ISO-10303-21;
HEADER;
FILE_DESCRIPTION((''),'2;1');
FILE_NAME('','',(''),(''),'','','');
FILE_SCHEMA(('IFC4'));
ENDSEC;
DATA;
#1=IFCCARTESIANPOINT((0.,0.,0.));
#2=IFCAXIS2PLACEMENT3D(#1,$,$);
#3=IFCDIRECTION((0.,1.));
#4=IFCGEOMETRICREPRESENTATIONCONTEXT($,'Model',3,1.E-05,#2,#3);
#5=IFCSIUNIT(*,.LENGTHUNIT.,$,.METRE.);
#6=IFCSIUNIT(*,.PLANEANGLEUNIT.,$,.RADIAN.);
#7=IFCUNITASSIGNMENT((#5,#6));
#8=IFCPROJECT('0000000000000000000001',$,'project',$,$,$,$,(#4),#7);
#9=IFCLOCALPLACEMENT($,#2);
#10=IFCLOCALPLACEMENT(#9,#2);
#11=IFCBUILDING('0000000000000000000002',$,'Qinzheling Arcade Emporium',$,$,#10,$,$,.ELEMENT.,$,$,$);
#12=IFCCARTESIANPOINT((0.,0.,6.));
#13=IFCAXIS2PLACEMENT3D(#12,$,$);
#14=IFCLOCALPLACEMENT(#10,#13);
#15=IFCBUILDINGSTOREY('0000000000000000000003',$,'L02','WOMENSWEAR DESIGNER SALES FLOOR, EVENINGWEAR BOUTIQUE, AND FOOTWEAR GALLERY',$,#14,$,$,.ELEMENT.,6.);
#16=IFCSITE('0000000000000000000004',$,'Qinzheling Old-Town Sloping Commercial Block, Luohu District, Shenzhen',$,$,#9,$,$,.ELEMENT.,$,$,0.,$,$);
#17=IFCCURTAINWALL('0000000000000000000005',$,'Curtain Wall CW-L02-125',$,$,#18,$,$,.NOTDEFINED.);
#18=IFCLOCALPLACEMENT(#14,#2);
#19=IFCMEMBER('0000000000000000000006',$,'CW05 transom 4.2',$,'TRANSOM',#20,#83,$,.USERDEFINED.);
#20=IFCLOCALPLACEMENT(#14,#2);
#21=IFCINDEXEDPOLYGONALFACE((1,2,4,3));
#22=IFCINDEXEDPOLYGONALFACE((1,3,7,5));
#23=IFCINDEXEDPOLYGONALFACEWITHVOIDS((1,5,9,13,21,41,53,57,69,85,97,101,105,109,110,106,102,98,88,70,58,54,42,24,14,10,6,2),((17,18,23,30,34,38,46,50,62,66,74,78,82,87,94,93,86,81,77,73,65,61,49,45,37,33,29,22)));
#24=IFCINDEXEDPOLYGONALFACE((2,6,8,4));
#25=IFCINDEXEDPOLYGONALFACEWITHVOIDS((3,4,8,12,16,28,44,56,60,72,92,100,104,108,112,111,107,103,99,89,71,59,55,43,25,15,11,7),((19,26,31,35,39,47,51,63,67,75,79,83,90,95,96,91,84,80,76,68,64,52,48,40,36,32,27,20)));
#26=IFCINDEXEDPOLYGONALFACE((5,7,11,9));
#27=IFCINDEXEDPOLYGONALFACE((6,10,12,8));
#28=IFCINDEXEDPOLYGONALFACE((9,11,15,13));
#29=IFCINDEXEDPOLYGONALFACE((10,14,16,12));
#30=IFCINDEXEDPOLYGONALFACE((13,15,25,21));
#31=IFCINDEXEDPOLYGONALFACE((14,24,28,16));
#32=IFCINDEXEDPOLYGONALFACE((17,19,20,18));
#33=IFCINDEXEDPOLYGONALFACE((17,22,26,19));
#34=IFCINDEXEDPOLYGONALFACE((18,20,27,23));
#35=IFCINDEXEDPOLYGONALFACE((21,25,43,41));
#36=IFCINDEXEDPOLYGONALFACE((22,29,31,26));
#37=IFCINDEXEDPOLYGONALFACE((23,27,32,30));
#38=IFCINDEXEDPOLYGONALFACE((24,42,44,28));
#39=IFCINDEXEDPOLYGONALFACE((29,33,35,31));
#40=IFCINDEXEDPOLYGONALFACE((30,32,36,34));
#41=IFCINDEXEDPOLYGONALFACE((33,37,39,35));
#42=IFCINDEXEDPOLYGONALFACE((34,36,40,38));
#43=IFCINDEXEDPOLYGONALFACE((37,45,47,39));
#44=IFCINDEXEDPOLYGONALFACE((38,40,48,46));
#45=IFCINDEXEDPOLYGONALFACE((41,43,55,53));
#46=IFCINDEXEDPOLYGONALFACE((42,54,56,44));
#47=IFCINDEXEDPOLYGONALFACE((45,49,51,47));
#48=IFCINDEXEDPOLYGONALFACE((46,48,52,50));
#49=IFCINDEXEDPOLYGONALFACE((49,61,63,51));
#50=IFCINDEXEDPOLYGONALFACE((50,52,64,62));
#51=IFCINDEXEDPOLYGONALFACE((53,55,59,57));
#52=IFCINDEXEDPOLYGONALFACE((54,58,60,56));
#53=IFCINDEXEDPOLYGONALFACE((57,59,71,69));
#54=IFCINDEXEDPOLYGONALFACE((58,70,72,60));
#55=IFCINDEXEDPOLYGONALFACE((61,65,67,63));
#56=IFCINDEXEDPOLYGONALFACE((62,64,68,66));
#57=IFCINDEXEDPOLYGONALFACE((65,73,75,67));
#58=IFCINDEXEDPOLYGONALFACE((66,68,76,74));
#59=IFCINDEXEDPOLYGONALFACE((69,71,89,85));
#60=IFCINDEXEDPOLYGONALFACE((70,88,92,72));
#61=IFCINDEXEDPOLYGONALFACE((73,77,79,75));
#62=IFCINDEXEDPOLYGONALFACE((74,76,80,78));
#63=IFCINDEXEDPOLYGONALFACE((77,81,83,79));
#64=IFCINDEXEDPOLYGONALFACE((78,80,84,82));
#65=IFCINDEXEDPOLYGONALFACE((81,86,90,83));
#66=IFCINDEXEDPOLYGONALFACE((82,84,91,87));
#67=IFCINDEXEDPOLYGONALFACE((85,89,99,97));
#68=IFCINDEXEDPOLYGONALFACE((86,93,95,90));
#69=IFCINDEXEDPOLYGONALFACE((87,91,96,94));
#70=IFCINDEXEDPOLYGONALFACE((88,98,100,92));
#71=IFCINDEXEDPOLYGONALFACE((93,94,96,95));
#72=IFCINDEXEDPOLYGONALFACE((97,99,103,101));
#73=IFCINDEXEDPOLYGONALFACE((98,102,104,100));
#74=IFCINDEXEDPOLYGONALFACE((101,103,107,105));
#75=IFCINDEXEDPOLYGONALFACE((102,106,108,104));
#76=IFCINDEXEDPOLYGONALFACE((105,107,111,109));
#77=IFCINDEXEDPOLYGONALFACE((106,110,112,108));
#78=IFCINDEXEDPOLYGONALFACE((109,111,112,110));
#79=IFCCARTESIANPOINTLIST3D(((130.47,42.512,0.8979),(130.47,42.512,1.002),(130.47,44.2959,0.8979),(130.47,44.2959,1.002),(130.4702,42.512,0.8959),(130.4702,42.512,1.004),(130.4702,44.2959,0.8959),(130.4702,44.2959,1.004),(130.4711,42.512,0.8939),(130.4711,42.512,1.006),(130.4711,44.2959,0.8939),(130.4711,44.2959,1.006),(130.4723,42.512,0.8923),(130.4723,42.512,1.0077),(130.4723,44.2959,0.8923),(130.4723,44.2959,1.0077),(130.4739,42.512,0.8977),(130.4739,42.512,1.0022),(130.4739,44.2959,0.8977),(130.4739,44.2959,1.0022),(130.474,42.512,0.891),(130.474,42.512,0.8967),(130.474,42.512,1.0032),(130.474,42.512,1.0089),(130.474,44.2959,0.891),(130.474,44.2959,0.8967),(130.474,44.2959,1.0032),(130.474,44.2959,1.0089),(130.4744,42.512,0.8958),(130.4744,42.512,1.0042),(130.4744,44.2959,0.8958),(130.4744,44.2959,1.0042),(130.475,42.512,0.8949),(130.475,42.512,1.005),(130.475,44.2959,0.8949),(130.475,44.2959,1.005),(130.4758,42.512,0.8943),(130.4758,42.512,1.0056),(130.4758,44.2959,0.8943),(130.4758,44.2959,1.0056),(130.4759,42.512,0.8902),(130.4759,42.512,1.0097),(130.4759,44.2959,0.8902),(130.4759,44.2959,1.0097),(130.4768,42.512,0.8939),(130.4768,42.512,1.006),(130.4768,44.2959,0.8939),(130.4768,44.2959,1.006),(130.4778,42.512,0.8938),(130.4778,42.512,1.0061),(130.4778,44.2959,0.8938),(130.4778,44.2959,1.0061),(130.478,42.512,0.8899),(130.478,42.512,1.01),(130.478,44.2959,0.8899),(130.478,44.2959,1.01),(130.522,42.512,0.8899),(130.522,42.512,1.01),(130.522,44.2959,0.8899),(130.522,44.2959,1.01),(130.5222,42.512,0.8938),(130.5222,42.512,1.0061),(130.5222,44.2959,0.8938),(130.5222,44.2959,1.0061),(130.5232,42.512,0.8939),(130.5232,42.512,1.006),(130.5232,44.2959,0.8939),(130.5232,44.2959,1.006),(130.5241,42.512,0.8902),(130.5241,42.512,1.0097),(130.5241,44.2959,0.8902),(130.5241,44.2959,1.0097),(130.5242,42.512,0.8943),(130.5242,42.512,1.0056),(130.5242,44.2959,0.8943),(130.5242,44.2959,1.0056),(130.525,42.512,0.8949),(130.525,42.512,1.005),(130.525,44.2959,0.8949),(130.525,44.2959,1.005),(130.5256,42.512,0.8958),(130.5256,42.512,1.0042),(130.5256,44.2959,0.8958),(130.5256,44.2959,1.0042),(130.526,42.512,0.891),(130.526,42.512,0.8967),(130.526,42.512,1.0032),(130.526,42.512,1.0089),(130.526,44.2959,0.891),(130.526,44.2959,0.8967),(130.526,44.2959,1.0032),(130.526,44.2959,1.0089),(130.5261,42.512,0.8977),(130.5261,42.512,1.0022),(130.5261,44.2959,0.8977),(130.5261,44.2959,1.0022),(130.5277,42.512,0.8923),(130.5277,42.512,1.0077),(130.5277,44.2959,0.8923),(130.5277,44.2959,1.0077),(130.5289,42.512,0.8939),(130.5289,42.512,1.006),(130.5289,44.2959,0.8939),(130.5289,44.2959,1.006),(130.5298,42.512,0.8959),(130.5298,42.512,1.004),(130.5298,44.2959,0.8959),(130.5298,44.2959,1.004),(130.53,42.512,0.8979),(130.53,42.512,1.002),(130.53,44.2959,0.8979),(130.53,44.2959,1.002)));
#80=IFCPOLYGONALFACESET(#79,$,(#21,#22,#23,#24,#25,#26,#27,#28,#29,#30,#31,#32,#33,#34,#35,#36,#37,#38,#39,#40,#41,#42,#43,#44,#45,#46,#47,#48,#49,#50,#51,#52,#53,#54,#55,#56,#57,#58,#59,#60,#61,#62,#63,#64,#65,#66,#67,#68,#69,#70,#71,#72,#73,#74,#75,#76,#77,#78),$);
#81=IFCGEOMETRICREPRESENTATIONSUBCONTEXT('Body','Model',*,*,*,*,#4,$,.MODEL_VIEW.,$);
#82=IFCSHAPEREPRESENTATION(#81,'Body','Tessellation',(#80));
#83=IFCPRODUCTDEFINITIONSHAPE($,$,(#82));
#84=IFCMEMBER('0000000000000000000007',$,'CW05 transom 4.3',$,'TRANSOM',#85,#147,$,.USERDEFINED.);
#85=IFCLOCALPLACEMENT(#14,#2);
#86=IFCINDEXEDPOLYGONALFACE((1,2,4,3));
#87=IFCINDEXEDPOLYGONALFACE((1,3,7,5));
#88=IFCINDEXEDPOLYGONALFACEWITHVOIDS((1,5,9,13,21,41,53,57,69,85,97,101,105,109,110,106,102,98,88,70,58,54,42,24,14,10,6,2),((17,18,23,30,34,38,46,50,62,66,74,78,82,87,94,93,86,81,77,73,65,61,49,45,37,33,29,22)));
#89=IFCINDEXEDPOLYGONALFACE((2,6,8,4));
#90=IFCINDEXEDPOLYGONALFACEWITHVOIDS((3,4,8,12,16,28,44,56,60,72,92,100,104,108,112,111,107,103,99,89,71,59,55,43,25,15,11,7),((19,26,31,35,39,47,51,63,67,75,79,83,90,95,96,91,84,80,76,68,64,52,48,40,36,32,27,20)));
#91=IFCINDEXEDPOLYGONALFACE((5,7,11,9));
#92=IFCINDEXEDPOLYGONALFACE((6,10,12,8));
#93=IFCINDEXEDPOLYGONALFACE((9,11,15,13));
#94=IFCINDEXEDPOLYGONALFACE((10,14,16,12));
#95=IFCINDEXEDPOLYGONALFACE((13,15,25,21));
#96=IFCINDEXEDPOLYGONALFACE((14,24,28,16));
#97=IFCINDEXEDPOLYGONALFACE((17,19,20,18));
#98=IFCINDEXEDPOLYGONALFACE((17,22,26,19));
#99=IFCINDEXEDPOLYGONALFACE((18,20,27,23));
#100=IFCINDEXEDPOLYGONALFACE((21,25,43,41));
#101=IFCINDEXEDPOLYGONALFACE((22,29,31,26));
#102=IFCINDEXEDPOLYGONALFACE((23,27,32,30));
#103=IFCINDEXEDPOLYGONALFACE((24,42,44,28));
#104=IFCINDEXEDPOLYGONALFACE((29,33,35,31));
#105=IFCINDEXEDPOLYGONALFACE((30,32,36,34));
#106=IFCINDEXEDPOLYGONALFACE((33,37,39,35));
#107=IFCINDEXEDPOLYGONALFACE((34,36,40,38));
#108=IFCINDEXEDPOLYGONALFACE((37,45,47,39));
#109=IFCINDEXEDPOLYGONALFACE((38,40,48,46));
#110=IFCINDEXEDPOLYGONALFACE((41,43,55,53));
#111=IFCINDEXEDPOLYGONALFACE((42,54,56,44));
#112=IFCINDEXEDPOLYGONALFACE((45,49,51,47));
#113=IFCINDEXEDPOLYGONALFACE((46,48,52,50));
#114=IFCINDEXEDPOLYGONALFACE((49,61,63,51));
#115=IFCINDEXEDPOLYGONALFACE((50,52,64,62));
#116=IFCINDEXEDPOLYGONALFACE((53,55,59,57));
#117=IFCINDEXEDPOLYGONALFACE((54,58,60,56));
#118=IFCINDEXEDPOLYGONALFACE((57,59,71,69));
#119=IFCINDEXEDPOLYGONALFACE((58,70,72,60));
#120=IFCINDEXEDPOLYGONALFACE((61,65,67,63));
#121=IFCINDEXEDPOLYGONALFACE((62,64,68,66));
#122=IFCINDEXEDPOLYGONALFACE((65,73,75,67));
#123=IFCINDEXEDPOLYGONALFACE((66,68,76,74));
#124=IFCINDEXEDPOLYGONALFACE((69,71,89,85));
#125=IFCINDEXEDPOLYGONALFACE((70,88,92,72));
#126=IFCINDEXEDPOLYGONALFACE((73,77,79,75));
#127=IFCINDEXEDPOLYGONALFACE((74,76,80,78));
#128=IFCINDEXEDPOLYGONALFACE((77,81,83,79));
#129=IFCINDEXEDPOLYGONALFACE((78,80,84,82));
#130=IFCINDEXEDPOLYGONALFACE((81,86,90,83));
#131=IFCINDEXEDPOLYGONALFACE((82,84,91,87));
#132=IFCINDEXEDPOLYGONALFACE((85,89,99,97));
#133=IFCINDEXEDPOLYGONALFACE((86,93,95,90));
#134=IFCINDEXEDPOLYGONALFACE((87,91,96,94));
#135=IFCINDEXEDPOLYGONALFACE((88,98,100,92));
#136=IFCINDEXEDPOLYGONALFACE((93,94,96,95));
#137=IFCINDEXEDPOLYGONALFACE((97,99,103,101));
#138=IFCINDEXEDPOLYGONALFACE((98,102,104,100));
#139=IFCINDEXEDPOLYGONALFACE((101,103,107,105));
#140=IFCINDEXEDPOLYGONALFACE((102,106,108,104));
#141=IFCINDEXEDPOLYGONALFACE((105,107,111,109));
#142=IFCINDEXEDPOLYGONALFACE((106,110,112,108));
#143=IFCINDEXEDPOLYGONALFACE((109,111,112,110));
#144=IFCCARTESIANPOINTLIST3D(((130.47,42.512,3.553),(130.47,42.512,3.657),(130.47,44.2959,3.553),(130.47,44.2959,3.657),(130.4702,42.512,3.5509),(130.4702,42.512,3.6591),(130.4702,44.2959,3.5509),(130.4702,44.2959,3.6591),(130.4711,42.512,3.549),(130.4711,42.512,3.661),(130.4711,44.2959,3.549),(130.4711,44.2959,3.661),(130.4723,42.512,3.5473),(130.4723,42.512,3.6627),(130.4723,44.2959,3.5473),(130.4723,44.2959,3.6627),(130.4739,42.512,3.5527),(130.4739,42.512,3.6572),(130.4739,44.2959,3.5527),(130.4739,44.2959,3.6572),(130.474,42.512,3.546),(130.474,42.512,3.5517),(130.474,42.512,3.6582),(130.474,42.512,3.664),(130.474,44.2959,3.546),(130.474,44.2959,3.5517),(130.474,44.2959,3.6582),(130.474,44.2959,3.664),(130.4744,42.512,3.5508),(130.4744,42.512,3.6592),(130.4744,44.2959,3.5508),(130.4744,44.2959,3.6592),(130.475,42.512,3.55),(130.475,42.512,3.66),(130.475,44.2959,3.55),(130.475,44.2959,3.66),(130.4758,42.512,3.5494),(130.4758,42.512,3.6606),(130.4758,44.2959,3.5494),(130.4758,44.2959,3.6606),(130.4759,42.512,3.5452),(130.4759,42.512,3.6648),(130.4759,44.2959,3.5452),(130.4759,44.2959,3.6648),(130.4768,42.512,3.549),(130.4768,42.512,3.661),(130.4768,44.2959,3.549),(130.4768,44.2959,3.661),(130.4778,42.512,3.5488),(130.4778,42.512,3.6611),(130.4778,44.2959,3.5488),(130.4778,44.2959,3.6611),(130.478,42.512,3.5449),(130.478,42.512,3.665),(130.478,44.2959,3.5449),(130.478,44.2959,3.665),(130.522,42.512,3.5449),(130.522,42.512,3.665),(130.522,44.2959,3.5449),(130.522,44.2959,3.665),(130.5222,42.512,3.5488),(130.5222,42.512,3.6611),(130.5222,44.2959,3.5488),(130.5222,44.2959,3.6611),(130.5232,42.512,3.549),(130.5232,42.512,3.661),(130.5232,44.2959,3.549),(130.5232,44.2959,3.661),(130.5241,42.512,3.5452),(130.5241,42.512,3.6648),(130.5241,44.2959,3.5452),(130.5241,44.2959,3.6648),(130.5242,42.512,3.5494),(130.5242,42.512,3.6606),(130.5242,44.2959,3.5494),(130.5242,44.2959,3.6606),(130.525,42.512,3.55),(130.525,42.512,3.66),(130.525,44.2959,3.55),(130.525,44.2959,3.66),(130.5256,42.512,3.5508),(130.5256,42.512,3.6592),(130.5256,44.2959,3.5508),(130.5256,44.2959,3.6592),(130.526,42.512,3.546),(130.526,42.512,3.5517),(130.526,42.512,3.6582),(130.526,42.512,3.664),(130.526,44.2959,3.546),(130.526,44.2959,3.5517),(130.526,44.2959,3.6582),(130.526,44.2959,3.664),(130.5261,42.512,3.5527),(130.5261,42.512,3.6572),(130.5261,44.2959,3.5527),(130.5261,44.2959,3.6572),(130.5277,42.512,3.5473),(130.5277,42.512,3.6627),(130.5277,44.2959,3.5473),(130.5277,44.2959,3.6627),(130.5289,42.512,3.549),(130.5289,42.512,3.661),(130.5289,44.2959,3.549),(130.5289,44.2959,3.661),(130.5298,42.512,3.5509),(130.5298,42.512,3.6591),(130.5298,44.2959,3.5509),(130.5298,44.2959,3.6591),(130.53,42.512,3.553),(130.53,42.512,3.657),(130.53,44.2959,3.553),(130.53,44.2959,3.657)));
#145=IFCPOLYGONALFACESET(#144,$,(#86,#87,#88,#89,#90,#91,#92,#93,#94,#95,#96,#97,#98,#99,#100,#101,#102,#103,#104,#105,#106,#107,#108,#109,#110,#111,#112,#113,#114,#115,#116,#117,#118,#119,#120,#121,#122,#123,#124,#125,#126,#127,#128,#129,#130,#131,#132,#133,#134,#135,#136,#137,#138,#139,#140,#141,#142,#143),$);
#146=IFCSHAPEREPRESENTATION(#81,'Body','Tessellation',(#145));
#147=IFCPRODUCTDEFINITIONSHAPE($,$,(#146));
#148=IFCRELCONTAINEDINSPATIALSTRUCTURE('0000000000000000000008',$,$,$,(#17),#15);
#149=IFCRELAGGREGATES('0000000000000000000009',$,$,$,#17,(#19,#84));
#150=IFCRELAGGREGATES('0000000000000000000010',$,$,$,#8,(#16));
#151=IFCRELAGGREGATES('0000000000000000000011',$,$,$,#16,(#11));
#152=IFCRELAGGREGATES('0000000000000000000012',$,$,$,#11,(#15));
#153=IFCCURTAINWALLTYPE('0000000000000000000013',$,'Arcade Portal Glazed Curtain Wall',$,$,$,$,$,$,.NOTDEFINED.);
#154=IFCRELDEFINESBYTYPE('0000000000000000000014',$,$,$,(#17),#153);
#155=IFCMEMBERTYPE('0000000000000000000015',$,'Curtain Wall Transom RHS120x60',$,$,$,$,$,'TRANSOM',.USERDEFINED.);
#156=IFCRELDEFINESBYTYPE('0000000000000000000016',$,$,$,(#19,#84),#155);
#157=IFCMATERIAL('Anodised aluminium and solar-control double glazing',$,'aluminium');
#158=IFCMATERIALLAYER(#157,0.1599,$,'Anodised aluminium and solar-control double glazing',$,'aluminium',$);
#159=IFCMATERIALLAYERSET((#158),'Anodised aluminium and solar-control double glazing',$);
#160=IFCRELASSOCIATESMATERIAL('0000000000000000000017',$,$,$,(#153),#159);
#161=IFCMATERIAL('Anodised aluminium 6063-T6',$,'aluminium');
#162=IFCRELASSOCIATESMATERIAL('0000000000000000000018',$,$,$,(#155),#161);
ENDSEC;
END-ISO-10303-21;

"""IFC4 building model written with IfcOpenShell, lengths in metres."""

from ifc_helpers import new_model, si_unit, direction, frame, origin, origin_2d, place, context, subcontext, project, spatial, hollow_rectangle, extrude, material, layer, layer_set, material_profile, profile_set, type_object, element, aggregate, save


model = new_model("IFC4")

# Units and contexts
model_context = context("Model", 3, precision=1e-05, world=origin(), true_north=direction((0.0, 1.0)))
body_context = subcontext(model_context, "Body", "Model", "MODEL_VIEW")
ifc_project = project(units=[si_unit("LENGTHUNIT", "METRE"), si_unit("PLANEANGLEUNIT", "RADIAN")], contexts=[model_context])

# Site, building, storey
site_placement = place(None, origin())
site = spatial("IfcSite", under=ifc_project, at=site_placement, Name="Qinzheling Old-Town Sloping Commercial Block, Luohu District, Shenzhen", CompositionType="ELEMENT", RefElevation=0.0)
building_placement = place(site_placement, origin())
building = spatial("IfcBuilding", under=site, at=building_placement, Name="Qinzheling Arcade Emporium", CompositionType="ELEMENT")
storey_placement = place(building_placement, frame((0.0, 0.0, 6.0)))
storey = spatial("IfcBuildingStorey", under=building, at=storey_placement, Name="L02", Description="WOMENSWEAR DESIGNER SALES FLOOR, EVENINGWEAR BOUTIQUE, AND FOOTWEAR GALLERY", CompositionType="ELEMENT", Elevation=6.0)

# Curtain wall, members
ifc_material_1 = material(Name="Anodised aluminium and solar-control double glazing", Category="aluminium")
ifc_layer_1 = layer(ifc_material_1, 0.1599, Name="Anodised aluminium and solar-control double glazing", Category="aluminium")
ifc_layer_set_1 = layer_set([ifc_layer_1], Name="Anodised aluminium and solar-control double glazing")
curtain_wall_type = type_object("IfcCurtainWallType", Name="Arcade Portal Glazed Curtain Wall", PredefinedType="NOTDEFINED", material=ifc_layer_set_1)
curtain_wall_placement = place(storey_placement, origin())
curtain_wall = element("IfcCurtainWall", 1, at=curtain_wall_placement, inside=storey, type_object=curtain_wall_type, Name="Curtain Wall CW-L02-125", PredefinedType="NOTDEFINED")
ifc_material_2 = material(Name="Anodised aluminium 6063-T6", Category="aluminium")
ifc_material_profile_1 = material_profile(ifc_material_2, hollow_rectangle(XDim=0.0601, YDim=0.1201, WallThickness=0.0039, InnerFilletRadius=0.0039, OuterFilletRadius=0.0081, at=origin_2d()), Name="RHS 120x60x4", Category="aluminium")
ifc_profile_set_1 = profile_set([ifc_material_profile_1], Name="Anodised aluminium 6063-T6")
member_type_1 = type_object("IfcMemberType", Name="Curtain Wall Transom RHS120x60", ElementType="TRANSOM", PredefinedType="USERDEFINED", material=ifc_profile_set_1)
member_1_placement = place(storey_placement, frame((130.5, 44.2959, 0.95), z_axis=(0.0, -1.0, 0.0), x_axis=(1.0, 0.0, 0.0)))
member_1 = element("IfcMember", 2, at=member_1_placement, type_object=member_type_1, Name="CW05 transom 4.2", ObjectType="TRANSOM", PredefinedType="USERDEFINED", context=body_context, shape_type="SweptSolid", body=[
    extrude(hollow_rectangle(XDim=0.0601, YDim=0.1201, WallThickness=0.0039, InnerFilletRadius=0.0039, OuterFilletRadius=0.0081, at=origin_2d()), origin(), (0.0, 0.0, 1.0), 1.7839),
])
member_2_placement = place(storey_placement, frame((130.5, 44.2959, 3.605), z_axis=(0.0, -1.0, 0.0), x_axis=(1.0, 0.0, 0.0)))
member_2 = element("IfcMember", 3, at=member_2_placement, type_object=member_type_1, Name="CW05 transom 4.3", ObjectType="TRANSOM", PredefinedType="USERDEFINED", context=body_context, shape_type="SweptSolid", body=[
    extrude(hollow_rectangle(XDim=0.0601, YDim=0.1201, WallThickness=0.0039, InnerFilletRadius=0.0039, OuterFilletRadius=0.0081, at=origin_2d()), origin(), (0.0, 0.0, 1.0), 1.7839),
])

aggregate(curtain_wall, [member_1, member_2])

save(model, "model.ifc")
